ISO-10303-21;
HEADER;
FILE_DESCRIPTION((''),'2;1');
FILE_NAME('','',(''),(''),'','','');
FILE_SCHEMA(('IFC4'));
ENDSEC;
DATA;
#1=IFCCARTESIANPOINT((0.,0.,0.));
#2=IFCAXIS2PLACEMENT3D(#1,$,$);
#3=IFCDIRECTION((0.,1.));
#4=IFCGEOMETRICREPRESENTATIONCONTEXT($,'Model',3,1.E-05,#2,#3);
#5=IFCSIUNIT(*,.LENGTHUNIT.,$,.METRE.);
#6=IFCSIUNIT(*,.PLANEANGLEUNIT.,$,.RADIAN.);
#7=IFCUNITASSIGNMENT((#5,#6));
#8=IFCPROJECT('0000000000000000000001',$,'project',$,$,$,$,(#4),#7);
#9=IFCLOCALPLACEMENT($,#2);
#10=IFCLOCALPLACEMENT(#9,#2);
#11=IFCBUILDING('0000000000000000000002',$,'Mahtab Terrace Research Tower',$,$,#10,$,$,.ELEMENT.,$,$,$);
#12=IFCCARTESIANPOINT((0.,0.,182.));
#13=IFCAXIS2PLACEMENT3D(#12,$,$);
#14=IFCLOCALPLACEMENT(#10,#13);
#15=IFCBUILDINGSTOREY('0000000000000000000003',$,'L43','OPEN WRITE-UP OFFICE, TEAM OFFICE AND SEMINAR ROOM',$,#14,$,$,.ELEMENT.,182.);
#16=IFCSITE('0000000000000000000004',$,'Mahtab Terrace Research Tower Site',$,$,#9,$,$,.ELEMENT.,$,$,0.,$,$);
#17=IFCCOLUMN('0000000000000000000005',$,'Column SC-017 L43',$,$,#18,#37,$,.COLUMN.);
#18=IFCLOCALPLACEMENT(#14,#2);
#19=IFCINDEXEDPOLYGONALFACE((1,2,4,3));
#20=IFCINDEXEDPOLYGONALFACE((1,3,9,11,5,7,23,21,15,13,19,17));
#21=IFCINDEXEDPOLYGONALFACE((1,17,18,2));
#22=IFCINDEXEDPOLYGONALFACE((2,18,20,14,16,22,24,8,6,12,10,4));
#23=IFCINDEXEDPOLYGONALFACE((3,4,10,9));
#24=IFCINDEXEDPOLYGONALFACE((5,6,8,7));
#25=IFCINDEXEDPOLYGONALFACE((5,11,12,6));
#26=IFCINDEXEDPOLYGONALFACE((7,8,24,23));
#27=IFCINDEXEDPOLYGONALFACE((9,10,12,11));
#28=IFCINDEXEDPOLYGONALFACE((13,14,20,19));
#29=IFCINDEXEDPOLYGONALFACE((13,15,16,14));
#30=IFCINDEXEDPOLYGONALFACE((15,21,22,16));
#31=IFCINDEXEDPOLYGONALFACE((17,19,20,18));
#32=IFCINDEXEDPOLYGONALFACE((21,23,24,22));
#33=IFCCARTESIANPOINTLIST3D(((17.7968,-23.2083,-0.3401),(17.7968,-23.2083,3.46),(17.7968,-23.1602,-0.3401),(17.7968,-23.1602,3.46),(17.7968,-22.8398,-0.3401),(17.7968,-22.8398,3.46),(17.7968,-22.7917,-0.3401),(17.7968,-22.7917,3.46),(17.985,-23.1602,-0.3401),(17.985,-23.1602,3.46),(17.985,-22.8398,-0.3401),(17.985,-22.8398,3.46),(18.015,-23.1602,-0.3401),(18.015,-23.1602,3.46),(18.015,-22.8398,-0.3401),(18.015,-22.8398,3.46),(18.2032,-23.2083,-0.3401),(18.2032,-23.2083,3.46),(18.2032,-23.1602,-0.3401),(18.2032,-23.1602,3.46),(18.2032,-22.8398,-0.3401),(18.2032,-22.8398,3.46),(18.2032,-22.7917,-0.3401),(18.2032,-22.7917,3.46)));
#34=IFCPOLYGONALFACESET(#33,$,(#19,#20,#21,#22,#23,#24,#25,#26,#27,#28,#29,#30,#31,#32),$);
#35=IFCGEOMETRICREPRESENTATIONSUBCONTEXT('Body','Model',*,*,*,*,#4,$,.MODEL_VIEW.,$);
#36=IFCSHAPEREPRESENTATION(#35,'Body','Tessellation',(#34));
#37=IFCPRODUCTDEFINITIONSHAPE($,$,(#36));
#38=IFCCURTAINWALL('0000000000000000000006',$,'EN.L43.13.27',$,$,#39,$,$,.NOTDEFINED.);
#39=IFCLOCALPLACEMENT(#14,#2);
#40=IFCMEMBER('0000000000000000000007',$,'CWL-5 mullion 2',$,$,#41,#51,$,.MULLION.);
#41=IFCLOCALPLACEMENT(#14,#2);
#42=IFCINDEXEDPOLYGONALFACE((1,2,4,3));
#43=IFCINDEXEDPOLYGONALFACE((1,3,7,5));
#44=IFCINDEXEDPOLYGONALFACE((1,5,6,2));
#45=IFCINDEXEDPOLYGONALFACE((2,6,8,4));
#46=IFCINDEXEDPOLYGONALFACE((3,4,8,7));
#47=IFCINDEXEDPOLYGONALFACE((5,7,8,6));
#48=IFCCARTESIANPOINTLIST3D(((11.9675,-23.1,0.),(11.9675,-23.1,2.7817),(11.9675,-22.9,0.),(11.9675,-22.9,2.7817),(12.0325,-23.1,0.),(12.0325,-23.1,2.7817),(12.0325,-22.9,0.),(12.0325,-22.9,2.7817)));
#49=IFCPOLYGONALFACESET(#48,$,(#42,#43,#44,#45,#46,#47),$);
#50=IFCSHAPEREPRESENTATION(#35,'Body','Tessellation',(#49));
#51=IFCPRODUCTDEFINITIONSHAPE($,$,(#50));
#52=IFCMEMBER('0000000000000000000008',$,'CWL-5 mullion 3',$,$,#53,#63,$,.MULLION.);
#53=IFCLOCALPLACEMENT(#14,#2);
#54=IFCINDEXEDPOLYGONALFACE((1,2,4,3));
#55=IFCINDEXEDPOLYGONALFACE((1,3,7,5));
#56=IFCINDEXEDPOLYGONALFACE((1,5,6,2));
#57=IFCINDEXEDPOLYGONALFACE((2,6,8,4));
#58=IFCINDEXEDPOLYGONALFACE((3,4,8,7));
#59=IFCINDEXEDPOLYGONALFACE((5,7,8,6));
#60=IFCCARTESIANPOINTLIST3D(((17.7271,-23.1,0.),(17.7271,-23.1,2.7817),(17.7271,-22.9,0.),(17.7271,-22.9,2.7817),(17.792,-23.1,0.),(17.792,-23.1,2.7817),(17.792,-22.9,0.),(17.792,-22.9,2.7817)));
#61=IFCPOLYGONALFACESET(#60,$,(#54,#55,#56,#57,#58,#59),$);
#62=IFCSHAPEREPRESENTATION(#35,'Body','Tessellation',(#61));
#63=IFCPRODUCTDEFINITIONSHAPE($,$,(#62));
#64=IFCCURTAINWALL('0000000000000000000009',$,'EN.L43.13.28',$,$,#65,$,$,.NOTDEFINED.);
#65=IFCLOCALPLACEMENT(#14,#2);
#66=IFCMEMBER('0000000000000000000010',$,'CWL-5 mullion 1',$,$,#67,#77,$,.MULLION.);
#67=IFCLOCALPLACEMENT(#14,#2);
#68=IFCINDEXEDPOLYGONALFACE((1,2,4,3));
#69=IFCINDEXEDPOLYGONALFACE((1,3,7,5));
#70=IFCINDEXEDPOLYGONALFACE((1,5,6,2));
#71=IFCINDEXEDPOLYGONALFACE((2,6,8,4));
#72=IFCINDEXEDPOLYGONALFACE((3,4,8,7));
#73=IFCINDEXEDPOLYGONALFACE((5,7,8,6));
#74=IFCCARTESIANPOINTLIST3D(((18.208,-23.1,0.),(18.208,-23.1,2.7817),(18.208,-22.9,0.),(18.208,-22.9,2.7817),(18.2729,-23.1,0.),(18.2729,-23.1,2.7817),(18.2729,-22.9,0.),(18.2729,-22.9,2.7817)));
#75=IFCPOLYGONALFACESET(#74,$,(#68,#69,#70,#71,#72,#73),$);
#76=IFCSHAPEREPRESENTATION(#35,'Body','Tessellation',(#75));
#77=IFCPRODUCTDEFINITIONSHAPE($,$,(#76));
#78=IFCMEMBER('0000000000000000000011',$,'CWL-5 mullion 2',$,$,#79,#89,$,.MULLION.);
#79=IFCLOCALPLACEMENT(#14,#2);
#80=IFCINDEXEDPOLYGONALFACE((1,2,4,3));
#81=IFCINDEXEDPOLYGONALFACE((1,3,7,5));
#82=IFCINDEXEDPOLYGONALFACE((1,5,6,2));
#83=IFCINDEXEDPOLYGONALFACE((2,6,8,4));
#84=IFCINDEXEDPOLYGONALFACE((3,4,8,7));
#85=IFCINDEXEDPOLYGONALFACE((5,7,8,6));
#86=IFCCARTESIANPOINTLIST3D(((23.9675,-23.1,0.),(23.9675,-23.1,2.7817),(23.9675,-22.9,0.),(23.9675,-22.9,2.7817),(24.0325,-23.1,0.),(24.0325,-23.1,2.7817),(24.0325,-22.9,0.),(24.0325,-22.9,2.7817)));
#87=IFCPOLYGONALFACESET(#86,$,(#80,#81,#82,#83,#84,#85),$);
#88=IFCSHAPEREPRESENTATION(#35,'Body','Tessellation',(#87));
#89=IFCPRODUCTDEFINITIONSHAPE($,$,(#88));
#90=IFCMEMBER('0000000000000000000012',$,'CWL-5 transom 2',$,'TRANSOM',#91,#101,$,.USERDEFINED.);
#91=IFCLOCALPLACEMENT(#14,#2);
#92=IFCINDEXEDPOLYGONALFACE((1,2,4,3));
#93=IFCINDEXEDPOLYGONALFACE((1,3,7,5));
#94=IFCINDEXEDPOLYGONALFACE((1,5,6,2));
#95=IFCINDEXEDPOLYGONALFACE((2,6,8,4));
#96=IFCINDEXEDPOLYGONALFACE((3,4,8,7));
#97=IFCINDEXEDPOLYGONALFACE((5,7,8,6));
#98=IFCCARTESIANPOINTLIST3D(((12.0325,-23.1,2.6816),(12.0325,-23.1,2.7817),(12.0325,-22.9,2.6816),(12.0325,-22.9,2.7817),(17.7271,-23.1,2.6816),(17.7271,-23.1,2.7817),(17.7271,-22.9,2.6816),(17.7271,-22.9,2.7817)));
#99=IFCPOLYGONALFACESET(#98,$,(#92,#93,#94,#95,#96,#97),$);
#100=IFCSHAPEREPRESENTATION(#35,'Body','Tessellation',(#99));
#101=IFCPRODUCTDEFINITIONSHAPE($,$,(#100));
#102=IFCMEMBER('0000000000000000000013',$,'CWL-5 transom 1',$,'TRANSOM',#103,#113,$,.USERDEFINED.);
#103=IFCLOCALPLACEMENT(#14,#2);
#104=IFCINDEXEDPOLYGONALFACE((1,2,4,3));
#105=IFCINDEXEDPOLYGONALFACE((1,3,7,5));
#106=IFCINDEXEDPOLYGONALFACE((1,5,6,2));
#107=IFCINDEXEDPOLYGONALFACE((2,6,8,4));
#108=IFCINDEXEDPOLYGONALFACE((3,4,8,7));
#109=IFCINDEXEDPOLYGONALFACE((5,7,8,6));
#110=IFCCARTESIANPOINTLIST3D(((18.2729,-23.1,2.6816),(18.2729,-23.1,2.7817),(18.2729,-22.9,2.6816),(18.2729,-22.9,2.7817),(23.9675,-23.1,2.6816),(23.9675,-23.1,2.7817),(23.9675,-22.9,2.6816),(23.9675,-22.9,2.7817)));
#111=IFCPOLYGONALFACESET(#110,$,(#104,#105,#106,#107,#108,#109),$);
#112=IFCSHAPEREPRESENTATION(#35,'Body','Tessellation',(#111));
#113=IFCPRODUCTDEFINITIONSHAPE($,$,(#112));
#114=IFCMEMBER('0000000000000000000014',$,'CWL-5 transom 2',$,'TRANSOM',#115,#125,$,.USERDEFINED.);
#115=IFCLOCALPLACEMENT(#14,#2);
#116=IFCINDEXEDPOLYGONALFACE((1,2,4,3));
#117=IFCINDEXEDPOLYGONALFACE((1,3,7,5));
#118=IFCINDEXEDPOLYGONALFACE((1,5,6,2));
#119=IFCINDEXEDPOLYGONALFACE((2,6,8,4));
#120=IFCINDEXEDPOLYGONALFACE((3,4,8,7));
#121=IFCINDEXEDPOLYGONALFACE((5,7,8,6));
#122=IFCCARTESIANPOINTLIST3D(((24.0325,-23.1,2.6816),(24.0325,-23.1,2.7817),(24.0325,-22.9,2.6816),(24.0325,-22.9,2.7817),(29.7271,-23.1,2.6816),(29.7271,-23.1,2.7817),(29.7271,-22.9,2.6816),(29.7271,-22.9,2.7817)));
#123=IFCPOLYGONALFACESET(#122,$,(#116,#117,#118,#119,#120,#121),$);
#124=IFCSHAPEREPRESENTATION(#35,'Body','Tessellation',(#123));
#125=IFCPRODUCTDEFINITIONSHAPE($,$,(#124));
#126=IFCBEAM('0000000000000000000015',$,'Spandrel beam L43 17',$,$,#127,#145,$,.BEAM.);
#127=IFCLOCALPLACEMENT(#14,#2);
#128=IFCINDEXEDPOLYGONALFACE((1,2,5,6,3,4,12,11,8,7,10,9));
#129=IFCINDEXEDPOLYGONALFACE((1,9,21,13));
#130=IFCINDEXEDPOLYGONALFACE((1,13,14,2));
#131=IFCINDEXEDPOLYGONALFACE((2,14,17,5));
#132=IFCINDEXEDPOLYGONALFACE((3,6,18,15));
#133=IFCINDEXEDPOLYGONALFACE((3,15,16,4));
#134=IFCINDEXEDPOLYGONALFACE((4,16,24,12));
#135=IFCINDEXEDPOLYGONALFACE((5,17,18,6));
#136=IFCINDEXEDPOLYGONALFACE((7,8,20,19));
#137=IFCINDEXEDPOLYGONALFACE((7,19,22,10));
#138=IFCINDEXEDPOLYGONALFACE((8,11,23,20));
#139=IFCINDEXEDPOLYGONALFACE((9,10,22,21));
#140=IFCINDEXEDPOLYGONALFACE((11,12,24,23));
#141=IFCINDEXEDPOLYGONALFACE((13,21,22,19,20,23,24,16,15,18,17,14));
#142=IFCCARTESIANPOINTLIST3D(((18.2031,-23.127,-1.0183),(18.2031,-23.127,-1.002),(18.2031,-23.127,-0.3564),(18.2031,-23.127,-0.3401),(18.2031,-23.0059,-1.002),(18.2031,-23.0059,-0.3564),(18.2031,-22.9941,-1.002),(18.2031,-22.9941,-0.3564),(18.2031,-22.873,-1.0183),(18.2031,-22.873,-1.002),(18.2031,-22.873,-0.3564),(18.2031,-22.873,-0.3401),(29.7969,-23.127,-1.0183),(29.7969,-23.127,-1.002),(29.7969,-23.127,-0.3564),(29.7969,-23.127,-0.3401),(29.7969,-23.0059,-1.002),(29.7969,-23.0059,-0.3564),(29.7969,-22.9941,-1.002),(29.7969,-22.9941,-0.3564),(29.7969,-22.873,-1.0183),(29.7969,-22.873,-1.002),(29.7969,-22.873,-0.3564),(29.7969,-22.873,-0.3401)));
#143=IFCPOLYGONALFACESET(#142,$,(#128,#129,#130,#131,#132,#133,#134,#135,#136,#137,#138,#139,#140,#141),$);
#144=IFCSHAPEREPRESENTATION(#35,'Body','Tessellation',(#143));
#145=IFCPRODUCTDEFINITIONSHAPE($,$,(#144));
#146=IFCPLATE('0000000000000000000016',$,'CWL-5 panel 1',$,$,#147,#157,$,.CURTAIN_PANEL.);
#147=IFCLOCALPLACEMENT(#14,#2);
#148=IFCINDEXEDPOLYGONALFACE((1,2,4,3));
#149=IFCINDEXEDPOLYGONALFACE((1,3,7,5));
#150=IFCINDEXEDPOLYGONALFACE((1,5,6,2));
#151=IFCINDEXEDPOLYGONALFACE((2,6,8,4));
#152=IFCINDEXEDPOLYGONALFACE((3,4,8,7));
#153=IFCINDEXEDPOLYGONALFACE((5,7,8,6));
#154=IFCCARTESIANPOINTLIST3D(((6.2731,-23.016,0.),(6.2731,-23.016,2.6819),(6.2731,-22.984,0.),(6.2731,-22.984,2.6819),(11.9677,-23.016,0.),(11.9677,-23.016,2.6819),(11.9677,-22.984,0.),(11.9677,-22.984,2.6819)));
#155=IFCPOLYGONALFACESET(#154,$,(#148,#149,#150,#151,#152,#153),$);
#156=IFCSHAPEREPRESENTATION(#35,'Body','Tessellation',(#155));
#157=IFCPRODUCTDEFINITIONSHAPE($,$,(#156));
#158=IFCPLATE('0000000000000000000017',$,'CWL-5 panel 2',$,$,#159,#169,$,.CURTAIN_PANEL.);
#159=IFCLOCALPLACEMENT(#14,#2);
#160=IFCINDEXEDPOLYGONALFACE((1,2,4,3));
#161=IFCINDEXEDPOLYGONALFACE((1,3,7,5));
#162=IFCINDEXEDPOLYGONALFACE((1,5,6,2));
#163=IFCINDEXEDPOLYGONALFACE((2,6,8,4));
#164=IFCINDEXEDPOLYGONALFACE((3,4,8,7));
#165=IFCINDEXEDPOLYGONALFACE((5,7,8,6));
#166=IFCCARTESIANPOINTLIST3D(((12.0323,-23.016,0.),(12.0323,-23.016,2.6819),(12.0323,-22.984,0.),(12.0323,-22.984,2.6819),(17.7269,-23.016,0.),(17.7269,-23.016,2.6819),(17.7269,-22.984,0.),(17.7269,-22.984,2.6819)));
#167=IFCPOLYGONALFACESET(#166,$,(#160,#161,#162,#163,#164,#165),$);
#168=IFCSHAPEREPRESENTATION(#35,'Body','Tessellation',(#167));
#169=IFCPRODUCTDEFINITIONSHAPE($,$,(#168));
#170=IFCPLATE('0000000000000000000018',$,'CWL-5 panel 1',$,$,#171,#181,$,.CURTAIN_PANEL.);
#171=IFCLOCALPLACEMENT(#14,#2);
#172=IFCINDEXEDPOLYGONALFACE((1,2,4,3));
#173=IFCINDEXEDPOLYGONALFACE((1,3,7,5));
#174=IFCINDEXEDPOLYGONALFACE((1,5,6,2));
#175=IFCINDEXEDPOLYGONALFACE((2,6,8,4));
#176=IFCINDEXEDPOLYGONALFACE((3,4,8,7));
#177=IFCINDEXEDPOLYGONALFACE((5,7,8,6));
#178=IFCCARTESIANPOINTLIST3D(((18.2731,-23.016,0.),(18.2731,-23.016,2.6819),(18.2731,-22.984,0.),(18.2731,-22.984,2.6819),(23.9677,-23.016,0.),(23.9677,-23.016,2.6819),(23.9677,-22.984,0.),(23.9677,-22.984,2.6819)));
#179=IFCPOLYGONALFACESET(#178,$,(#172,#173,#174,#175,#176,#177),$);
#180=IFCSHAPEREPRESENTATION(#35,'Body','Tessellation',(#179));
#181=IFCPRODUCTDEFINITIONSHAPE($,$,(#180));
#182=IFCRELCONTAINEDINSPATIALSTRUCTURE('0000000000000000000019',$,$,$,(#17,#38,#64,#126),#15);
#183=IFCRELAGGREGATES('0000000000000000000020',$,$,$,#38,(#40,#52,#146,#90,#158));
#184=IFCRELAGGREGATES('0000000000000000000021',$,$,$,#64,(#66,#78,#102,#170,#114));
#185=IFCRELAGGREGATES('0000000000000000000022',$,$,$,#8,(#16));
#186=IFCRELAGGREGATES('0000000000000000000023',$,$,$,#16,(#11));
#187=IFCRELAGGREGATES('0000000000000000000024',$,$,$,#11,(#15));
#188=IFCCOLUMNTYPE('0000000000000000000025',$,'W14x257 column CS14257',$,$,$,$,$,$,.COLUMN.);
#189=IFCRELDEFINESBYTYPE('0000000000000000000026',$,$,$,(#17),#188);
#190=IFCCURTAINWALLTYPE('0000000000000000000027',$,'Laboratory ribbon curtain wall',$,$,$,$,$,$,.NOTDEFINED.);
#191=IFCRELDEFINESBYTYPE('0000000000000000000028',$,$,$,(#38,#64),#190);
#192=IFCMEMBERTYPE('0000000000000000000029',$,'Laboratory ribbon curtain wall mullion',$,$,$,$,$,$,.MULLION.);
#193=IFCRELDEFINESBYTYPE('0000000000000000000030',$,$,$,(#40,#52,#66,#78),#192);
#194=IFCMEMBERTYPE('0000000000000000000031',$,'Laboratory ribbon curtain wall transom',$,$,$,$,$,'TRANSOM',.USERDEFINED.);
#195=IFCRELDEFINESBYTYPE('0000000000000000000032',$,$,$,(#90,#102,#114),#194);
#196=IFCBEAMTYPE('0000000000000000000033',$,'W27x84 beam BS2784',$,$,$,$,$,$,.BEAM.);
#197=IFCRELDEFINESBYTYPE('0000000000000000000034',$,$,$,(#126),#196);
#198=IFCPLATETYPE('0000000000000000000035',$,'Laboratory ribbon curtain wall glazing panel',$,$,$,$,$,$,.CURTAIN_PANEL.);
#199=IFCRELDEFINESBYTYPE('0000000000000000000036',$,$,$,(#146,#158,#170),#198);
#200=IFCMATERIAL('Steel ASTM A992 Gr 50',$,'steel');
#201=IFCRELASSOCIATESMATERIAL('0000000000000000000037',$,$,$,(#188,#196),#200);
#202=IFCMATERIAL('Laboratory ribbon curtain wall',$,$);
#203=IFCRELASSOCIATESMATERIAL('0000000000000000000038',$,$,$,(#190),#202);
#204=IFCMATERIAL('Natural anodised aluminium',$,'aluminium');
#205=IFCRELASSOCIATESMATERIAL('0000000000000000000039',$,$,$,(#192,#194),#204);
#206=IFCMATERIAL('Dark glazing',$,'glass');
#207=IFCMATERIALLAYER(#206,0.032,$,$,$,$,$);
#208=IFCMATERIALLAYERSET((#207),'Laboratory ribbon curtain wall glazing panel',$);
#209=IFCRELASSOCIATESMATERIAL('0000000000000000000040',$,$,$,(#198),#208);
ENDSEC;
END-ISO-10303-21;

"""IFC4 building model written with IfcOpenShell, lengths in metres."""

from ifc_helpers import new_model, si_unit, direction, frame, origin, origin_2d, place, context, subcontext, project, spatial, rectangle, i_section, extrude, material, layer, layer_set, material_profile, profile_set, type_object, element, aggregate, save


model = new_model("IFC4")

# Units and contexts
model_context = context("Model", 3, precision=1e-05, world=origin(), true_north=direction((0.0, 1.0)))
body_context = subcontext(model_context, "Body", "Model", "MODEL_VIEW")
ifc_project = project(units=[si_unit("LENGTHUNIT", "METRE"), si_unit("PLANEANGLEUNIT", "RADIAN")], contexts=[model_context])

# Site, building, storey
site_placement = place(None, origin())
site = spatial("IfcSite", under=ifc_project, at=site_placement, Name="Mahtab Terrace Research Tower Site", CompositionType="ELEMENT", RefElevation=0.0)
building_placement = place(site_placement, origin())
building = spatial("IfcBuilding", under=site, at=building_placement, Name="Mahtab Terrace Research Tower", CompositionType="ELEMENT")
storey_placement = place(building_placement, frame((0.0, 0.0, 182.0)))
storey = spatial("IfcBuildingStorey", under=building, at=storey_placement, Name="L43", Description="OPEN WRITE-UP OFFICE, TEAM OFFICE AND SEMINAR ROOM", CompositionType="ELEMENT", Elevation=182.0)

# Column
ifc_material_1 = material(Name="Steel ASTM A992 Gr 50", Category="steel")
ifc_material_profile_1 = material_profile(ifc_material_1, i_section(OverallWidth=0.4065, OverallDepth=0.4165, WebThickness=0.03, FlangeThickness=0.0481, at=origin_2d()), Name="W14X257")
ifc_profile_set_1 = profile_set([ifc_material_profile_1], Name="Steel ASTM A992 Gr 50")
column_type = type_object("IfcColumnType", Name="W14x257 column CS14257", PredefinedType="COLUMN", material=ifc_profile_set_1)
column_placement = place(storey_placement, frame((18.0, -23.0, -0.3401), z_axis=(0.0, 0.0, 1.0), x_axis=(1.0, 0.0, 0.0)))
element("IfcColumn", 1, at=column_placement, inside=storey, type_object=column_type, Name="Column SC-017 L43", PredefinedType="COLUMN", context=body_context, shape_type="SweptSolid", body=[
    extrude(i_section(OverallWidth=0.4065, OverallDepth=0.4165, WebThickness=0.03, FlangeThickness=0.0481, at=origin_2d()), origin(), (0.0, 0.0, 1.0), 3.8),
])

# Curtain walls, members
ifc_material_2 = material(Name="Laboratory ribbon curtain wall")
curtain_wall_type = type_object("IfcCurtainWallType", Name="Laboratory ribbon curtain wall", PredefinedType="NOTDEFINED", material=ifc_material_2)
curtain_wall_1_placement = place(storey_placement, origin())
curtain_wall_1 = element("IfcCurtainWall", 2, at=curtain_wall_1_placement, inside=storey, type_object=curtain_wall_type, Name="EN.L43.13.27", PredefinedType="NOTDEFINED")
ifc_material_3 = material(Name="Natural anodised aluminium", Category="aluminium")
ifc_material_profile_2 = material_profile(ifc_material_3, rectangle(XDim=0.2, YDim=0.0649, at=origin_2d()), Name="MULLION 65x200")
ifc_profile_set_2 = profile_set([ifc_material_profile_2], Name="Natural anodised aluminium")
member_type_1 = type_object("IfcMemberType", Name="Laboratory ribbon curtain wall mullion", PredefinedType="MULLION", material=ifc_profile_set_2)
member_1_placement = place(storey_placement, frame((12.0, -23.0, 0.0), z_axis=(0.0, 0.0, 1.0), x_axis=(0.0, 1.0, 0.0)))
member_1 = element("IfcMember", 3, at=member_1_placement, type_object=member_type_1, Name="CWL-5 mullion 2", PredefinedType="MULLION", context=body_context, shape_type="SweptSolid", body=[
    extrude(rectangle(XDim=0.2, YDim=0.0649, at=origin_2d()), origin(), (0.0, 0.0, 1.0), 2.7817),
])
member_2_placement = place(storey_placement, frame((17.7595, -23.0, 0.0), z_axis=(0.0, 0.0, 1.0), x_axis=(0.0, 1.0, 0.0)))
member_2 = element("IfcMember", 4, at=member_2_placement, type_object=member_type_1, Name="CWL-5 mullion 3", PredefinedType="MULLION", context=body_context, shape_type="SweptSolid", body=[
    extrude(rectangle(XDim=0.2, YDim=0.0649, at=origin_2d()), origin(), (0.0, 0.0, 1.0), 2.7817),
])
curtain_wall_2_placement = place(storey_placement, origin())
curtain_wall_2 = element("IfcCurtainWall", 5, at=curtain_wall_2_placement, inside=storey, type_object=curtain_wall_type, Name="EN.L43.13.28", PredefinedType="NOTDEFINED")
member_3_placement = place(storey_placement, frame((18.2405, -23.0, 0.0), z_axis=(0.0, 0.0, 1.0), x_axis=(0.0, 1.0, 0.0)))
member_3 = element("IfcMember", 6, at=member_3_placement, type_object=member_type_1, Name="CWL-5 mullion 1", PredefinedType="MULLION", context=body_context, shape_type="SweptSolid", body=[
    extrude(rectangle(XDim=0.2, YDim=0.0649, at=origin_2d()), origin(), (0.0, 0.0, 1.0), 2.7817),
])
member_4_placement = place(storey_placement, frame((24.0, -23.0, 0.0), z_axis=(0.0, 0.0, 1.0), x_axis=(0.0, 1.0, 0.0)))
member_4 = element("IfcMember", 7, at=member_4_placement, type_object=member_type_1, Name="CWL-5 mullion 2", PredefinedType="MULLION", context=body_context, shape_type="SweptSolid", body=[
    extrude(rectangle(XDim=0.2, YDim=0.0649, at=origin_2d()), origin(), (0.0, 0.0, 1.0), 2.7817),
])

# Members
ifc_material_profile_3 = material_profile(ifc_material_3, rectangle(XDim=0.2, YDim=0.1001, at=origin_2d()), Name="TRANSOM 100x200")
ifc_profile_set_3 = profile_set([ifc_material_profile_3], Name="Natural anodised aluminium")
member_type_2 = type_object("IfcMemberType", Name="Laboratory ribbon curtain wall transom", ElementType="TRANSOM", PredefinedType="USERDEFINED", material=ifc_profile_set_3)
member_5_placement = place(storey_placement, frame((12.0325, -23.0, 2.7317), z_axis=(1.0, 0.0, 0.0), x_axis=(0.0, 1.0, 0.0)))
member_5 = element("IfcMember", 8, at=member_5_placement, type_object=member_type_2, Name="CWL-5 transom 2", ObjectType="TRANSOM", PredefinedType="USERDEFINED", context=body_context, shape_type="SweptSolid", body=[
    extrude(rectangle(XDim=0.2, YDim=0.1001, at=origin_2d()), origin(), (0.0, 0.0, 1.0), 5.6946),
])
member_6_placement = place(storey_placement, frame((18.2729, -23.0, 2.7317), z_axis=(1.0, 0.0, 0.0), x_axis=(0.0, 1.0, 0.0)))
member_6 = element("IfcMember", 9, at=member_6_placement, type_object=member_type_2, Name="CWL-5 transom 1", ObjectType="TRANSOM", PredefinedType="USERDEFINED", context=body_context, shape_type="SweptSolid", body=[
    extrude(rectangle(XDim=0.2, YDim=0.1001, at=origin_2d()), origin(), (0.0, 0.0, 1.0), 5.6946),
])
member_7_placement = place(storey_placement, frame((24.0325, -23.0, 2.7317), z_axis=(1.0, 0.0, 0.0), x_axis=(0.0, 1.0, 0.0)))
member_7 = element("IfcMember", 10, at=member_7_placement, type_object=member_type_2, Name="CWL-5 transom 2", ObjectType="TRANSOM", PredefinedType="USERDEFINED", context=body_context, shape_type="SweptSolid", body=[
    extrude(rectangle(XDim=0.2, YDim=0.1001, at=origin_2d()), origin(), (0.0, 0.0, 1.0), 5.6946),
])

# Beam
ifc_material_profile_4 = material_profile(ifc_material_1, i_section(OverallWidth=0.2539, OverallDepth=0.6782, WebThickness=0.0117, FlangeThickness=0.0164, at=origin_2d()), Name="W27X84")
ifc_profile_set_4 = profile_set([ifc_material_profile_4], Name="Steel ASTM A992 Gr 50")
beam_type = type_object("IfcBeamType", Name="W27x84 beam BS2784", PredefinedType="BEAM", material=ifc_profile_set_4)
beam_placement = place(storey_placement, frame((18.2031, -23.0, -0.6792), z_axis=(1.0, 0.0, 0.0), x_axis=(0.0, 1.0, 0.0)))
element("IfcBeam", 11, at=beam_placement, inside=storey, type_object=beam_type, Name="Spandrel beam L43 17", PredefinedType="BEAM", context=body_context, shape_type="SweptSolid", body=[
    extrude(i_section(OverallWidth=0.2539, OverallDepth=0.6782, WebThickness=0.0117, FlangeThickness=0.0164, at=origin_2d()), origin(), (0.0, 0.0, 1.0), 11.5938),
])

# Plates
ifc_material_4 = material(Name="Dark glazing", Category="glass")
ifc_layer = layer(ifc_material_4, 0.032)
ifc_layer_set = layer_set([ifc_layer], Name="Laboratory ribbon curtain wall glazing panel")
plate_type = type_object("IfcPlateType", Name="Laboratory ribbon curtain wall glazing panel", PredefinedType="CURTAIN_PANEL", material=ifc_layer_set)
plate_1_placement = place(storey_placement, frame((9.1204, -23.0, 0.0), z_axis=(0.0, 0.0, 1.0), x_axis=(1.0, 0.0, 0.0)))
plate_1 = element("IfcPlate", 12, at=plate_1_placement, type_object=plate_type, Name="CWL-5 panel 1", PredefinedType="CURTAIN_PANEL", context=body_context, shape_type="SweptSolid", body=[
    extrude(rectangle(XDim=5.6946, YDim=0.032, at=origin_2d()), origin(), (0.0, 0.0, 1.0), 2.6819),
])
plate_2_placement = place(storey_placement, frame((14.8796, -23.0, 0.0), z_axis=(0.0, 0.0, 1.0), x_axis=(1.0, 0.0, 0.0)))
plate_2 = element("IfcPlate", 13, at=plate_2_placement, type_object=plate_type, Name="CWL-5 panel 2", PredefinedType="CURTAIN_PANEL", context=body_context, shape_type="SweptSolid", body=[
    extrude(rectangle(XDim=5.6946, YDim=0.032, at=origin_2d()), origin(), (0.0, 0.0, 1.0), 2.6819),
])
aggregate(curtain_wall_1, [member_1, member_2, plate_1, member_5, plate_2])
plate_3_placement = place(storey_placement, frame((21.1204, -23.0, 0.0), z_axis=(0.0, 0.0, 1.0), x_axis=(1.0, 0.0, 0.0)))
plate_3 = element("IfcPlate", 14, at=plate_3_placement, type_object=plate_type, Name="CWL-5 panel 1", PredefinedType="CURTAIN_PANEL", context=body_context, shape_type="SweptSolid", body=[
    extrude(rectangle(XDim=5.6946, YDim=0.032, at=origin_2d()), origin(), (0.0, 0.0, 1.0), 2.6819),
])
aggregate(curtain_wall_2, [member_3, member_4, member_6, plate_3, member_7])

save(model, "model.ifc")
